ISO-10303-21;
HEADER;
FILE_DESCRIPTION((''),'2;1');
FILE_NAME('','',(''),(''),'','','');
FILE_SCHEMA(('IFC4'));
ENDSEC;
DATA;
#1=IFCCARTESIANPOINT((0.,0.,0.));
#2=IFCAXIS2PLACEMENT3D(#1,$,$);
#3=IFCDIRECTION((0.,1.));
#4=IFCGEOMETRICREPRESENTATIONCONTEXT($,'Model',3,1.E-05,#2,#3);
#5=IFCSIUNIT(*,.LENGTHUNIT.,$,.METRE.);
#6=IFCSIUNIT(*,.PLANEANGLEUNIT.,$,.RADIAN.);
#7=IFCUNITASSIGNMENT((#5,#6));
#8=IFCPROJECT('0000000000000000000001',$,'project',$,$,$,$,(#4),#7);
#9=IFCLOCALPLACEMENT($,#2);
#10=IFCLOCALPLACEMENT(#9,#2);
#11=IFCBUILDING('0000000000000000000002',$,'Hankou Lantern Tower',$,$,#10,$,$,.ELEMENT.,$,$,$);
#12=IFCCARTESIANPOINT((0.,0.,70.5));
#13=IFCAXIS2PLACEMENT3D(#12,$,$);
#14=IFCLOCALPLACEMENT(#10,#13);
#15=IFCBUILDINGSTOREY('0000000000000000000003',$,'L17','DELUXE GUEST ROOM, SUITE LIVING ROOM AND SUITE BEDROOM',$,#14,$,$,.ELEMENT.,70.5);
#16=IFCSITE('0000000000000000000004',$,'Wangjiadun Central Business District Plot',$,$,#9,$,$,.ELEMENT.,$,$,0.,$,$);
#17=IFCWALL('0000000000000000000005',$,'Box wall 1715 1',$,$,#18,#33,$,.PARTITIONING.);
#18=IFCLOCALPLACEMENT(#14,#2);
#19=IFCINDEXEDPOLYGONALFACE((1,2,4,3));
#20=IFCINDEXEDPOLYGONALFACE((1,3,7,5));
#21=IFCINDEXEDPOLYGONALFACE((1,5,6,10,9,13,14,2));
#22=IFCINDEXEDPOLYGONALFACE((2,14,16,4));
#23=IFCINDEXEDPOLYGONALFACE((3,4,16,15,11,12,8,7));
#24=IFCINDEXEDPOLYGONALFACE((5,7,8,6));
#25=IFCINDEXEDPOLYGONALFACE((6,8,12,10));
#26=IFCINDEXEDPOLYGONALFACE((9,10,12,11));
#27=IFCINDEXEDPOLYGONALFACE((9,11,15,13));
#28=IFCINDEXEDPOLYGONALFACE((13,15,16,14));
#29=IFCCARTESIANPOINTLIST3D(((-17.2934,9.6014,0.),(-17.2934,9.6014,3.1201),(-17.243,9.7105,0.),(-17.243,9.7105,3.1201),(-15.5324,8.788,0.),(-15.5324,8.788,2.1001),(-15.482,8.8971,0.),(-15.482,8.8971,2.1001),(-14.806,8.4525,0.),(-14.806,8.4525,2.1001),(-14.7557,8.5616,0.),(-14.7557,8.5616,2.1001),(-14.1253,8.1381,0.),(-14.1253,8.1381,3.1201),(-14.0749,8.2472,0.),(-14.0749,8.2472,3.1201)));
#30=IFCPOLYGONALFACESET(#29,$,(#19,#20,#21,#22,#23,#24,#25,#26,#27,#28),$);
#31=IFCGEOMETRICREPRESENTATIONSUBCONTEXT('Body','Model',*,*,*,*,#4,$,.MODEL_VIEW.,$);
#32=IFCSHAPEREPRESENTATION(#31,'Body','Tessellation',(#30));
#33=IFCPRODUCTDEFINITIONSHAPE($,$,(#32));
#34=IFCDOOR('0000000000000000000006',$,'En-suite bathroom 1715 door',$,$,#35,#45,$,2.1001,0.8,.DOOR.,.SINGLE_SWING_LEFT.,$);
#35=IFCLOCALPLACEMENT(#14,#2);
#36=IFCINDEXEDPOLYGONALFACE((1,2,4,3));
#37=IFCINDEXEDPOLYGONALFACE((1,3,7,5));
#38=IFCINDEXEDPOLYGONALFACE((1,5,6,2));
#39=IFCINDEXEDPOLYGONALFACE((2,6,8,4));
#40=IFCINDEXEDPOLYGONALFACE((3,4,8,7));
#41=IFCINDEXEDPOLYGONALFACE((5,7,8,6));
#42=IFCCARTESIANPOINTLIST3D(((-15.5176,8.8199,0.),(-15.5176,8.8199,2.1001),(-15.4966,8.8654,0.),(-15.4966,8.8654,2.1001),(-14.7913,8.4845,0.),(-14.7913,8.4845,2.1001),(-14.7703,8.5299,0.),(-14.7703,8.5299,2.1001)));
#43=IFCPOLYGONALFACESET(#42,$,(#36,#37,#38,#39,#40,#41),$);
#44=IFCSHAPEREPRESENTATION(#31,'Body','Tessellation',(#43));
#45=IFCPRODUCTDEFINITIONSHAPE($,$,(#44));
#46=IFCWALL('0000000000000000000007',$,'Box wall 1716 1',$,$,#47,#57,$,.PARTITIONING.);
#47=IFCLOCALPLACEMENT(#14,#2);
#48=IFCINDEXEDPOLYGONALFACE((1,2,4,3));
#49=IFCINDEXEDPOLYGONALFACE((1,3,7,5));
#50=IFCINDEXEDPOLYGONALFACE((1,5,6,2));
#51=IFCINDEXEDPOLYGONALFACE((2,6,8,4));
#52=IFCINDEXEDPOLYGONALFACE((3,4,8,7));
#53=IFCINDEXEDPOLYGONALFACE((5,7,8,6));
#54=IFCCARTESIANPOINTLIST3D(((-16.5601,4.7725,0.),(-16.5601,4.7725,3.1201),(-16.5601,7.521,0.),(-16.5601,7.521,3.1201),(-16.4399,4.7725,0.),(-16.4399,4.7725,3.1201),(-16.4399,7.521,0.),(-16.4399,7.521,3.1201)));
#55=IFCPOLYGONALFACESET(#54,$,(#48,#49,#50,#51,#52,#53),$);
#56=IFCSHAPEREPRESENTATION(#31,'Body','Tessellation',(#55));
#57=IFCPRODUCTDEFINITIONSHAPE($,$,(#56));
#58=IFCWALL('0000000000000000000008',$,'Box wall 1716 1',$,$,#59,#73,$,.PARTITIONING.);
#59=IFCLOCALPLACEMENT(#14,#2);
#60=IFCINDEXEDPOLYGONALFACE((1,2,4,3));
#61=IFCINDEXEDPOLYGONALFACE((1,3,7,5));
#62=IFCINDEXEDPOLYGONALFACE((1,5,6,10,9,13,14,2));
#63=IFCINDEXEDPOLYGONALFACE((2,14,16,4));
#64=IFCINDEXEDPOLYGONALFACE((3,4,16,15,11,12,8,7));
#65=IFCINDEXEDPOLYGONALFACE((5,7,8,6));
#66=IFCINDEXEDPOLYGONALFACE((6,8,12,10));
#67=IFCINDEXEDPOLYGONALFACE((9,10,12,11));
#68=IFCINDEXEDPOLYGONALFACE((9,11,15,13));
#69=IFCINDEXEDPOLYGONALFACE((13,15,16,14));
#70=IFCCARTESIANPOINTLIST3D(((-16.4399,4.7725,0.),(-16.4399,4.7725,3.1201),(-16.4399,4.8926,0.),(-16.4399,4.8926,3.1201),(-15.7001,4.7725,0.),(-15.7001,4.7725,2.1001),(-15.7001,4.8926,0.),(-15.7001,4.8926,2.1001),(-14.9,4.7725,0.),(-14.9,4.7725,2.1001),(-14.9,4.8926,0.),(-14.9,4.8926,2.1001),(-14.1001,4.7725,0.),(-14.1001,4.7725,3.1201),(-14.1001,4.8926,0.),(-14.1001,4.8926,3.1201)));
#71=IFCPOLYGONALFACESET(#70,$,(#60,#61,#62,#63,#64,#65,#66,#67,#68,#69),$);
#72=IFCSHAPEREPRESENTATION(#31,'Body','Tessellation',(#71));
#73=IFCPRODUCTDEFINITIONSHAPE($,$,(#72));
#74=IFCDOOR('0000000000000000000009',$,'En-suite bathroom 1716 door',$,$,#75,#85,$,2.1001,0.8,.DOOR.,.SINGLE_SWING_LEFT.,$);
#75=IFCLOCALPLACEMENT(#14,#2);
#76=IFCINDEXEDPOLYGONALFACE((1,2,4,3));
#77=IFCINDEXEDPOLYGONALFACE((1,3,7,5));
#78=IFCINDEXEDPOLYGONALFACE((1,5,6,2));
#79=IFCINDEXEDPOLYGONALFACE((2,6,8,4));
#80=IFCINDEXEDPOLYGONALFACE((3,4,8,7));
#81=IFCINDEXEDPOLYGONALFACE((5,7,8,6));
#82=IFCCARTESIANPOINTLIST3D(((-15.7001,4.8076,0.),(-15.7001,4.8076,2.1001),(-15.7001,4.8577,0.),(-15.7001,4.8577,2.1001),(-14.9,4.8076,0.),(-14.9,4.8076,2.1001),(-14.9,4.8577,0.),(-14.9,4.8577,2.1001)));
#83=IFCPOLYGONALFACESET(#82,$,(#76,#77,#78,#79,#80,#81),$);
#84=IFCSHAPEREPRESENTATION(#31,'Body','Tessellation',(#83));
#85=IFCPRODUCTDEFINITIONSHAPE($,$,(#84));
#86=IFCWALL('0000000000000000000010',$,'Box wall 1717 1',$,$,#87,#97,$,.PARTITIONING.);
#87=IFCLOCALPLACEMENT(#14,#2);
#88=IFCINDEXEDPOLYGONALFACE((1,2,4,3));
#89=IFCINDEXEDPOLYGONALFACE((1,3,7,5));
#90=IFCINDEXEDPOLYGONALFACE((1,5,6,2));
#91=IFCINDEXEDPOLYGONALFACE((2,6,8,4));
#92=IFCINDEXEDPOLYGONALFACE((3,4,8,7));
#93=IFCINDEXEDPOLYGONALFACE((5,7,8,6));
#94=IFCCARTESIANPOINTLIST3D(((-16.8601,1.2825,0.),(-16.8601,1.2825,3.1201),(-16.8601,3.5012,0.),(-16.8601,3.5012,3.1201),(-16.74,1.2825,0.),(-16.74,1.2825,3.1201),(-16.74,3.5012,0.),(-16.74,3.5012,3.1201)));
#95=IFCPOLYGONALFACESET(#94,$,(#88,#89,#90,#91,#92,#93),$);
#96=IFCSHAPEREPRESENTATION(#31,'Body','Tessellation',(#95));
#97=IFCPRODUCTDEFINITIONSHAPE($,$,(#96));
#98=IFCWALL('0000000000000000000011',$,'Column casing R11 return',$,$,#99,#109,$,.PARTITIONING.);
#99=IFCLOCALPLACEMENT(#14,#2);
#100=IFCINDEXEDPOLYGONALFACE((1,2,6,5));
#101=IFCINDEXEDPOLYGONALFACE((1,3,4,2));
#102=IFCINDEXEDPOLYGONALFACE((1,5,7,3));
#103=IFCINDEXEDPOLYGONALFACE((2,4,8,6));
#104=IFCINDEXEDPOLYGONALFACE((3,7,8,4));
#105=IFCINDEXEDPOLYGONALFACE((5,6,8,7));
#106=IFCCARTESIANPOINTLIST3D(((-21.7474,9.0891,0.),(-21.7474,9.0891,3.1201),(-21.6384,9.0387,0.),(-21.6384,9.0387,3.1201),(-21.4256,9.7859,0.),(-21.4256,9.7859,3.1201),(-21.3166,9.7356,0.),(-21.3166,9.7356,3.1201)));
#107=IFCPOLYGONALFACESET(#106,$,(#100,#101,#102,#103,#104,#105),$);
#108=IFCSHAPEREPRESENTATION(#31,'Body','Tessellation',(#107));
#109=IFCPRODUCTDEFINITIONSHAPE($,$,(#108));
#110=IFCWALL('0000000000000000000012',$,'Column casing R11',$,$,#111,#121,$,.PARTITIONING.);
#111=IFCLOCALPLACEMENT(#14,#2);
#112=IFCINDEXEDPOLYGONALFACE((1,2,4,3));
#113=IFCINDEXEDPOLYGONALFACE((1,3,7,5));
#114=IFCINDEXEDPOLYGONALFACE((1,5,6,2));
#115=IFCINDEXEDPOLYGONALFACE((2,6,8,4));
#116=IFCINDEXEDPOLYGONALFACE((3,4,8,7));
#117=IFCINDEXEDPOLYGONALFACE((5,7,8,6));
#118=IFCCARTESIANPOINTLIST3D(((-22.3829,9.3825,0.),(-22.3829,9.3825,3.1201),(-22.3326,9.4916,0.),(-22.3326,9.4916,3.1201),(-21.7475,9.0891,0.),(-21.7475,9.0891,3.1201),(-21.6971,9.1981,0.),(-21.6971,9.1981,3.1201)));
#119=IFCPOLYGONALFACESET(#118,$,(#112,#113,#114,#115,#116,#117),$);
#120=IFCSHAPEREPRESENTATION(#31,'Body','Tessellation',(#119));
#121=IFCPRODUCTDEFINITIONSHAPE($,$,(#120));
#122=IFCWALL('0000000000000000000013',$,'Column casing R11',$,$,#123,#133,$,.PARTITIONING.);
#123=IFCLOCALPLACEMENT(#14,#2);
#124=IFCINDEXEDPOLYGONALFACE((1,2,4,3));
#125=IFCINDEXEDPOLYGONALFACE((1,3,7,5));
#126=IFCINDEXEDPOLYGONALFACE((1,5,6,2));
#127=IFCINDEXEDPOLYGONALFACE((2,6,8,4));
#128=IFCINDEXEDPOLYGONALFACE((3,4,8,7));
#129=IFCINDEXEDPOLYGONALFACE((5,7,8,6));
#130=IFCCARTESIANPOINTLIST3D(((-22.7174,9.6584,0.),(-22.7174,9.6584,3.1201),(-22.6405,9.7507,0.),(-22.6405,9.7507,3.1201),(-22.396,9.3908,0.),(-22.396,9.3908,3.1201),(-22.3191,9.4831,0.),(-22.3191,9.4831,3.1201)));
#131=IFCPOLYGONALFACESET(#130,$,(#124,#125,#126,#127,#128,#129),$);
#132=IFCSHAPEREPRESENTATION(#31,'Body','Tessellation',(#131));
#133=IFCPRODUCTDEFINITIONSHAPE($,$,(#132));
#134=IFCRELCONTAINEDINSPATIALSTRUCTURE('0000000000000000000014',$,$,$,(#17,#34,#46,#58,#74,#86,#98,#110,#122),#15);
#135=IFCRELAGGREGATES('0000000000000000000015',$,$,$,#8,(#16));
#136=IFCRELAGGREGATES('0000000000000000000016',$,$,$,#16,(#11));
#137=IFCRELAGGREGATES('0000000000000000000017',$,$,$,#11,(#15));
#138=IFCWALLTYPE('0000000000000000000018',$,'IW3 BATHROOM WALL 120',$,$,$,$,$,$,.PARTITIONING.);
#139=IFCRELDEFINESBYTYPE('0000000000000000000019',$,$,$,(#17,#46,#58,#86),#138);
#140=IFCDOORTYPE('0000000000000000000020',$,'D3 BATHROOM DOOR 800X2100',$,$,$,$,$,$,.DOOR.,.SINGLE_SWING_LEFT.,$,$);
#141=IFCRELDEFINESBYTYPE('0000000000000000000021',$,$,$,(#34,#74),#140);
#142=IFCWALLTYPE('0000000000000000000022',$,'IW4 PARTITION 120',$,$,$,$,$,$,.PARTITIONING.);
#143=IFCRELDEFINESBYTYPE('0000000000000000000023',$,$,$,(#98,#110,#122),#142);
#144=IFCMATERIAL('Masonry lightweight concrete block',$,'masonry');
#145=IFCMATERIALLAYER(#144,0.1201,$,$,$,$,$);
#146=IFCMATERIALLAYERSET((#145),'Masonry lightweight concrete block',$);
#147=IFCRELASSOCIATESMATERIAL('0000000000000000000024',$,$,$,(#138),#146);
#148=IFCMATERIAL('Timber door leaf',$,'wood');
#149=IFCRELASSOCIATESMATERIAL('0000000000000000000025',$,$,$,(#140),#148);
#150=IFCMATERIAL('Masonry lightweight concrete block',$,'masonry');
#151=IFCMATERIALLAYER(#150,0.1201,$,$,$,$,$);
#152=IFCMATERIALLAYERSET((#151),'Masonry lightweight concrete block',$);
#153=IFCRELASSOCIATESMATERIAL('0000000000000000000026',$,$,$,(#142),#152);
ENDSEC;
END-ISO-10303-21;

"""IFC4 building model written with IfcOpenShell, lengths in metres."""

from ifc_helpers import new_model, si_unit, direction, frame, frame_2d, origin, place, context, subcontext, project, spatial, rectangle, extrude, material, layer, layer_set, type_object, element, fill, save


model = new_model("IFC4")

# Units and contexts
model_context = context("Model", 3, precision=1e-05, world=origin(), true_north=direction((0.0, 1.0)))
body_context = subcontext(model_context, "Body", "Model", "MODEL_VIEW")
ifc_project = project(units=[si_unit("LENGTHUNIT", "METRE"), si_unit("PLANEANGLEUNIT", "RADIAN")], contexts=[model_context])

# Site, building, storey
site_placement = place(None, origin())
site = spatial("IfcSite", under=ifc_project, at=site_placement, Name="Wangjiadun Central Business District Plot", CompositionType="ELEMENT", RefElevation=0.0)
building_placement = place(site_placement, origin())
building = spatial("IfcBuilding", under=site, at=building_placement, Name="Hankou Lantern Tower", CompositionType="ELEMENT")
storey_placement = place(building_placement, frame((0.0, 0.0, 70.5)))
storey = spatial("IfcBuildingStorey", under=building, at=storey_placement, Name="L17", Description="DELUXE GUEST ROOM, SUITE LIVING ROOM AND SUITE BEDROOM", CompositionType="ELEMENT", Elevation=70.5)

# Shared definitions
ifc_material_1 = material(Name="Masonry lightweight concrete block", Category="masonry")
ifc_layer_1 = layer(ifc_material_1, 0.1201)
ifc_layer_set_1 = layer_set([ifc_layer_1], Name="Masonry lightweight concrete block")
wall_type_1 = type_object("IfcWallType", Name="IW3 BATHROOM WALL 120", PredefinedType="PARTITIONING", material=ifc_layer_set_1)

# Wall, opening, door
wall_1_placement = place(storey_placement, frame((-14.1001, 8.1926, 0.0), z_axis=(0.0, 0.0, 1.0), x_axis=(-0.907836, 0.419324, 0.0)))
wall_1 = element("IfcWall", 1, at=wall_1_placement, inside=storey, type_object=wall_type_1, Name="Box wall 1715 1", PredefinedType="PARTITIONING", context=body_context, shape_type="SweptSolid", body=[
    extrude(rectangle(XDim=3.4897, YDim=0.1201, at=frame_2d((1.7449, 0.0))), origin(), (0.0, 0.0, 1.0), 3.1201),
])
opening_1_placement = place(wall_1_placement, frame((0.75, 0.0, 0.0)))
opening_1 = element("IfcOpeningElement", 2, at=opening_1_placement, cuts=wall_1, PredefinedType="OPENING", context=body_context, shape_type="SweptSolid", body=[
    extrude(rectangle(XDim=0.8, YDim=2.1001, at=frame_2d((0.3999, 1.05))), frame((0.0, 0.0701, 0.0), z_axis=(0.0, -1.0, 0.0), x_axis=(1.0, 0.0, 0.0)), (0.0, 0.0, 1.0), 0.1401),
])
ifc_material_2 = material(Name="Timber door leaf", Category="wood")
door_type_1 = type_object("IfcDoorType", Name="D3 BATHROOM DOOR 800X2100", OperationType="SINGLE_SWING_LEFT", PredefinedType="DOOR", material=ifc_material_2)
door_1_placement = place(opening_1_placement, origin())
door_1 = element("IfcDoor", 3, at=door_1_placement, inside=storey, type_object=door_type_1, Name="En-suite bathroom 1715 door", OperationType="SINGLE_SWING_LEFT", OverallHeight=2.1001, OverallWidth=0.8, PredefinedType="DOOR", context=body_context, shape_type="SweptSolid", body=[
    extrude(rectangle(XDim=0.8, YDim=2.1001, at=frame_2d((0.3999, 1.05))), frame((0.0, 0.0249, 0.0), z_axis=(0.0, -1.0, 0.0), x_axis=(1.0, 0.0, 0.0)), (0.0, 0.0, 1.0), 0.05),
])
fill(opening_1, door_1)

# Wall
wall_2_placement = place(storey_placement, frame((-16.5, 7.521, 0.0), z_axis=(0.0, 0.0, 1.0), x_axis=(0.0, -1.0, 0.0)))
element("IfcWall", 4, at=wall_2_placement, inside=storey, type_object=wall_type_1, Name="Box wall 1716 1", PredefinedType="PARTITIONING", context=body_context, shape_type="SweptSolid", body=[
    extrude(rectangle(XDim=2.7485, YDim=0.1201, at=frame_2d((1.3743, 0.0))), origin(), (0.0, 0.0, 1.0), 3.1201),
])

# Wall, opening, door
wall_3_placement = place(storey_placement, frame((-14.1001, 4.8325, 0.0), z_axis=(0.0, 0.0, 1.0), x_axis=(-1.0, 0.0, 0.0)))
wall_3 = element("IfcWall", 5, at=wall_3_placement, inside=storey, type_object=wall_type_1, Name="Box wall 1716 1", PredefinedType="PARTITIONING", context=body_context, shape_type="SweptSolid", body=[
    extrude(rectangle(XDim=2.3398, YDim=0.1201, at=frame_2d((1.1699, 0.0))), origin(), (0.0, 0.0, 1.0), 3.1201),
])
opening_2_placement = place(wall_3_placement, frame((0.8, 0.0, 0.0)))
opening_2 = element("IfcOpeningElement", 6, at=opening_2_placement, cuts=wall_3, PredefinedType="OPENING", context=body_context, shape_type="SweptSolid", body=[
    extrude(rectangle(XDim=0.8, YDim=2.1001, at=frame_2d((0.3999, 1.05))), frame((0.0, 0.0701, 0.0), z_axis=(0.0, -1.0, 0.0), x_axis=(1.0, 0.0, 0.0)), (0.0, 0.0, 1.0), 0.1401),
])
door_2_placement = place(opening_2_placement, origin())
door_2 = element("IfcDoor", 7, at=door_2_placement, inside=storey, type_object=door_type_1, Name="En-suite bathroom 1716 door", OperationType="SINGLE_SWING_LEFT", OverallHeight=2.1001, OverallWidth=0.8, PredefinedType="DOOR", context=body_context, shape_type="SweptSolid", body=[
    extrude(rectangle(XDim=0.8, YDim=2.1001, at=frame_2d((0.3999, 1.05))), frame((0.0, 0.0249, 0.0), z_axis=(0.0, -1.0, 0.0), x_axis=(1.0, 0.0, 0.0)), (0.0, 0.0, 1.0), 0.05),
])
fill(opening_2, door_2)

# Walls
wall_4_placement = place(storey_placement, frame((-16.8, 3.5012, 0.0), z_axis=(0.0, 0.0, 1.0), x_axis=(0.0, -1.0, 0.0)))
element("IfcWall", 8, at=wall_4_placement, inside=storey, type_object=wall_type_1, Name="Box wall 1717 1", PredefinedType="PARTITIONING", context=body_context, shape_type="SweptSolid", body=[
    extrude(rectangle(XDim=2.2188, YDim=0.1201, at=frame_2d((1.1094, 0.0))), origin(), (0.0, 0.0, 1.0), 3.1201),
])
ifc_material_3 = material(Name="Masonry lightweight concrete block", Category="masonry")
ifc_layer_2 = layer(ifc_material_3, 0.1201)
ifc_layer_set_2 = layer_set([ifc_layer_2], Name="Masonry lightweight concrete block")
wall_type_2 = type_object("IfcWallType", Name="IW4 PARTITION 120", PredefinedType="PARTITIONING", material=ifc_layer_set_2)
wall_5_placement = place(storey_placement, frame((-21.3711, 9.7607, 0.0), z_axis=(0.0, 0.0, 1.0), x_axis=(-0.41926, -0.907866, 0.0)))
element("IfcWall", 9, at=wall_5_placement, inside=storey, type_object=wall_type_2, Name="Column casing R11 return", PredefinedType="PARTITIONING", context=body_context, shape_type="SweptSolid", body=[
    extrude(rectangle(XDim=0.7676, YDim=0.1201, at=frame_2d((0.3838, 0.0))), origin(), (0.0, 0.0, 1.0), 3.1201),
])
wall_6_placement = place(storey_placement, frame((-21.7222, 9.1436, 0.0), z_axis=(0.0, 0.0, 1.0), x_axis=(-0.907878, 0.419235, 0.0)))
element("IfcWall", 10, at=wall_6_placement, inside=storey, type_object=wall_type_2, Name="Column casing R11", PredefinedType="PARTITIONING", context=body_context, shape_type="SweptSolid", body=[
    extrude(rectangle(XDim=0.7, YDim=0.1201, at=frame_2d((0.3501, 0.0))), origin(), (0.0, 0.0, 1.0), 3.1201),
])
wall_7_placement = place(storey_placement, frame((-22.3577, 9.437, 0.0), z_axis=(0.0, 0.0, 1.0), x_axis=(-0.768413, 0.639955, 0.0)))
element("IfcWall", 11, at=wall_7_placement, inside=storey, type_object=wall_type_2, Name="Column casing R11", PredefinedType="PARTITIONING", context=body_context, shape_type="SweptSolid", body=[
    extrude(rectangle(XDim=0.4182, YDim=0.1201, at=frame_2d((0.209, 0.0))), origin(), (0.0, 0.0, 1.0), 3.1201),
])

save(model, "model.ifc")
